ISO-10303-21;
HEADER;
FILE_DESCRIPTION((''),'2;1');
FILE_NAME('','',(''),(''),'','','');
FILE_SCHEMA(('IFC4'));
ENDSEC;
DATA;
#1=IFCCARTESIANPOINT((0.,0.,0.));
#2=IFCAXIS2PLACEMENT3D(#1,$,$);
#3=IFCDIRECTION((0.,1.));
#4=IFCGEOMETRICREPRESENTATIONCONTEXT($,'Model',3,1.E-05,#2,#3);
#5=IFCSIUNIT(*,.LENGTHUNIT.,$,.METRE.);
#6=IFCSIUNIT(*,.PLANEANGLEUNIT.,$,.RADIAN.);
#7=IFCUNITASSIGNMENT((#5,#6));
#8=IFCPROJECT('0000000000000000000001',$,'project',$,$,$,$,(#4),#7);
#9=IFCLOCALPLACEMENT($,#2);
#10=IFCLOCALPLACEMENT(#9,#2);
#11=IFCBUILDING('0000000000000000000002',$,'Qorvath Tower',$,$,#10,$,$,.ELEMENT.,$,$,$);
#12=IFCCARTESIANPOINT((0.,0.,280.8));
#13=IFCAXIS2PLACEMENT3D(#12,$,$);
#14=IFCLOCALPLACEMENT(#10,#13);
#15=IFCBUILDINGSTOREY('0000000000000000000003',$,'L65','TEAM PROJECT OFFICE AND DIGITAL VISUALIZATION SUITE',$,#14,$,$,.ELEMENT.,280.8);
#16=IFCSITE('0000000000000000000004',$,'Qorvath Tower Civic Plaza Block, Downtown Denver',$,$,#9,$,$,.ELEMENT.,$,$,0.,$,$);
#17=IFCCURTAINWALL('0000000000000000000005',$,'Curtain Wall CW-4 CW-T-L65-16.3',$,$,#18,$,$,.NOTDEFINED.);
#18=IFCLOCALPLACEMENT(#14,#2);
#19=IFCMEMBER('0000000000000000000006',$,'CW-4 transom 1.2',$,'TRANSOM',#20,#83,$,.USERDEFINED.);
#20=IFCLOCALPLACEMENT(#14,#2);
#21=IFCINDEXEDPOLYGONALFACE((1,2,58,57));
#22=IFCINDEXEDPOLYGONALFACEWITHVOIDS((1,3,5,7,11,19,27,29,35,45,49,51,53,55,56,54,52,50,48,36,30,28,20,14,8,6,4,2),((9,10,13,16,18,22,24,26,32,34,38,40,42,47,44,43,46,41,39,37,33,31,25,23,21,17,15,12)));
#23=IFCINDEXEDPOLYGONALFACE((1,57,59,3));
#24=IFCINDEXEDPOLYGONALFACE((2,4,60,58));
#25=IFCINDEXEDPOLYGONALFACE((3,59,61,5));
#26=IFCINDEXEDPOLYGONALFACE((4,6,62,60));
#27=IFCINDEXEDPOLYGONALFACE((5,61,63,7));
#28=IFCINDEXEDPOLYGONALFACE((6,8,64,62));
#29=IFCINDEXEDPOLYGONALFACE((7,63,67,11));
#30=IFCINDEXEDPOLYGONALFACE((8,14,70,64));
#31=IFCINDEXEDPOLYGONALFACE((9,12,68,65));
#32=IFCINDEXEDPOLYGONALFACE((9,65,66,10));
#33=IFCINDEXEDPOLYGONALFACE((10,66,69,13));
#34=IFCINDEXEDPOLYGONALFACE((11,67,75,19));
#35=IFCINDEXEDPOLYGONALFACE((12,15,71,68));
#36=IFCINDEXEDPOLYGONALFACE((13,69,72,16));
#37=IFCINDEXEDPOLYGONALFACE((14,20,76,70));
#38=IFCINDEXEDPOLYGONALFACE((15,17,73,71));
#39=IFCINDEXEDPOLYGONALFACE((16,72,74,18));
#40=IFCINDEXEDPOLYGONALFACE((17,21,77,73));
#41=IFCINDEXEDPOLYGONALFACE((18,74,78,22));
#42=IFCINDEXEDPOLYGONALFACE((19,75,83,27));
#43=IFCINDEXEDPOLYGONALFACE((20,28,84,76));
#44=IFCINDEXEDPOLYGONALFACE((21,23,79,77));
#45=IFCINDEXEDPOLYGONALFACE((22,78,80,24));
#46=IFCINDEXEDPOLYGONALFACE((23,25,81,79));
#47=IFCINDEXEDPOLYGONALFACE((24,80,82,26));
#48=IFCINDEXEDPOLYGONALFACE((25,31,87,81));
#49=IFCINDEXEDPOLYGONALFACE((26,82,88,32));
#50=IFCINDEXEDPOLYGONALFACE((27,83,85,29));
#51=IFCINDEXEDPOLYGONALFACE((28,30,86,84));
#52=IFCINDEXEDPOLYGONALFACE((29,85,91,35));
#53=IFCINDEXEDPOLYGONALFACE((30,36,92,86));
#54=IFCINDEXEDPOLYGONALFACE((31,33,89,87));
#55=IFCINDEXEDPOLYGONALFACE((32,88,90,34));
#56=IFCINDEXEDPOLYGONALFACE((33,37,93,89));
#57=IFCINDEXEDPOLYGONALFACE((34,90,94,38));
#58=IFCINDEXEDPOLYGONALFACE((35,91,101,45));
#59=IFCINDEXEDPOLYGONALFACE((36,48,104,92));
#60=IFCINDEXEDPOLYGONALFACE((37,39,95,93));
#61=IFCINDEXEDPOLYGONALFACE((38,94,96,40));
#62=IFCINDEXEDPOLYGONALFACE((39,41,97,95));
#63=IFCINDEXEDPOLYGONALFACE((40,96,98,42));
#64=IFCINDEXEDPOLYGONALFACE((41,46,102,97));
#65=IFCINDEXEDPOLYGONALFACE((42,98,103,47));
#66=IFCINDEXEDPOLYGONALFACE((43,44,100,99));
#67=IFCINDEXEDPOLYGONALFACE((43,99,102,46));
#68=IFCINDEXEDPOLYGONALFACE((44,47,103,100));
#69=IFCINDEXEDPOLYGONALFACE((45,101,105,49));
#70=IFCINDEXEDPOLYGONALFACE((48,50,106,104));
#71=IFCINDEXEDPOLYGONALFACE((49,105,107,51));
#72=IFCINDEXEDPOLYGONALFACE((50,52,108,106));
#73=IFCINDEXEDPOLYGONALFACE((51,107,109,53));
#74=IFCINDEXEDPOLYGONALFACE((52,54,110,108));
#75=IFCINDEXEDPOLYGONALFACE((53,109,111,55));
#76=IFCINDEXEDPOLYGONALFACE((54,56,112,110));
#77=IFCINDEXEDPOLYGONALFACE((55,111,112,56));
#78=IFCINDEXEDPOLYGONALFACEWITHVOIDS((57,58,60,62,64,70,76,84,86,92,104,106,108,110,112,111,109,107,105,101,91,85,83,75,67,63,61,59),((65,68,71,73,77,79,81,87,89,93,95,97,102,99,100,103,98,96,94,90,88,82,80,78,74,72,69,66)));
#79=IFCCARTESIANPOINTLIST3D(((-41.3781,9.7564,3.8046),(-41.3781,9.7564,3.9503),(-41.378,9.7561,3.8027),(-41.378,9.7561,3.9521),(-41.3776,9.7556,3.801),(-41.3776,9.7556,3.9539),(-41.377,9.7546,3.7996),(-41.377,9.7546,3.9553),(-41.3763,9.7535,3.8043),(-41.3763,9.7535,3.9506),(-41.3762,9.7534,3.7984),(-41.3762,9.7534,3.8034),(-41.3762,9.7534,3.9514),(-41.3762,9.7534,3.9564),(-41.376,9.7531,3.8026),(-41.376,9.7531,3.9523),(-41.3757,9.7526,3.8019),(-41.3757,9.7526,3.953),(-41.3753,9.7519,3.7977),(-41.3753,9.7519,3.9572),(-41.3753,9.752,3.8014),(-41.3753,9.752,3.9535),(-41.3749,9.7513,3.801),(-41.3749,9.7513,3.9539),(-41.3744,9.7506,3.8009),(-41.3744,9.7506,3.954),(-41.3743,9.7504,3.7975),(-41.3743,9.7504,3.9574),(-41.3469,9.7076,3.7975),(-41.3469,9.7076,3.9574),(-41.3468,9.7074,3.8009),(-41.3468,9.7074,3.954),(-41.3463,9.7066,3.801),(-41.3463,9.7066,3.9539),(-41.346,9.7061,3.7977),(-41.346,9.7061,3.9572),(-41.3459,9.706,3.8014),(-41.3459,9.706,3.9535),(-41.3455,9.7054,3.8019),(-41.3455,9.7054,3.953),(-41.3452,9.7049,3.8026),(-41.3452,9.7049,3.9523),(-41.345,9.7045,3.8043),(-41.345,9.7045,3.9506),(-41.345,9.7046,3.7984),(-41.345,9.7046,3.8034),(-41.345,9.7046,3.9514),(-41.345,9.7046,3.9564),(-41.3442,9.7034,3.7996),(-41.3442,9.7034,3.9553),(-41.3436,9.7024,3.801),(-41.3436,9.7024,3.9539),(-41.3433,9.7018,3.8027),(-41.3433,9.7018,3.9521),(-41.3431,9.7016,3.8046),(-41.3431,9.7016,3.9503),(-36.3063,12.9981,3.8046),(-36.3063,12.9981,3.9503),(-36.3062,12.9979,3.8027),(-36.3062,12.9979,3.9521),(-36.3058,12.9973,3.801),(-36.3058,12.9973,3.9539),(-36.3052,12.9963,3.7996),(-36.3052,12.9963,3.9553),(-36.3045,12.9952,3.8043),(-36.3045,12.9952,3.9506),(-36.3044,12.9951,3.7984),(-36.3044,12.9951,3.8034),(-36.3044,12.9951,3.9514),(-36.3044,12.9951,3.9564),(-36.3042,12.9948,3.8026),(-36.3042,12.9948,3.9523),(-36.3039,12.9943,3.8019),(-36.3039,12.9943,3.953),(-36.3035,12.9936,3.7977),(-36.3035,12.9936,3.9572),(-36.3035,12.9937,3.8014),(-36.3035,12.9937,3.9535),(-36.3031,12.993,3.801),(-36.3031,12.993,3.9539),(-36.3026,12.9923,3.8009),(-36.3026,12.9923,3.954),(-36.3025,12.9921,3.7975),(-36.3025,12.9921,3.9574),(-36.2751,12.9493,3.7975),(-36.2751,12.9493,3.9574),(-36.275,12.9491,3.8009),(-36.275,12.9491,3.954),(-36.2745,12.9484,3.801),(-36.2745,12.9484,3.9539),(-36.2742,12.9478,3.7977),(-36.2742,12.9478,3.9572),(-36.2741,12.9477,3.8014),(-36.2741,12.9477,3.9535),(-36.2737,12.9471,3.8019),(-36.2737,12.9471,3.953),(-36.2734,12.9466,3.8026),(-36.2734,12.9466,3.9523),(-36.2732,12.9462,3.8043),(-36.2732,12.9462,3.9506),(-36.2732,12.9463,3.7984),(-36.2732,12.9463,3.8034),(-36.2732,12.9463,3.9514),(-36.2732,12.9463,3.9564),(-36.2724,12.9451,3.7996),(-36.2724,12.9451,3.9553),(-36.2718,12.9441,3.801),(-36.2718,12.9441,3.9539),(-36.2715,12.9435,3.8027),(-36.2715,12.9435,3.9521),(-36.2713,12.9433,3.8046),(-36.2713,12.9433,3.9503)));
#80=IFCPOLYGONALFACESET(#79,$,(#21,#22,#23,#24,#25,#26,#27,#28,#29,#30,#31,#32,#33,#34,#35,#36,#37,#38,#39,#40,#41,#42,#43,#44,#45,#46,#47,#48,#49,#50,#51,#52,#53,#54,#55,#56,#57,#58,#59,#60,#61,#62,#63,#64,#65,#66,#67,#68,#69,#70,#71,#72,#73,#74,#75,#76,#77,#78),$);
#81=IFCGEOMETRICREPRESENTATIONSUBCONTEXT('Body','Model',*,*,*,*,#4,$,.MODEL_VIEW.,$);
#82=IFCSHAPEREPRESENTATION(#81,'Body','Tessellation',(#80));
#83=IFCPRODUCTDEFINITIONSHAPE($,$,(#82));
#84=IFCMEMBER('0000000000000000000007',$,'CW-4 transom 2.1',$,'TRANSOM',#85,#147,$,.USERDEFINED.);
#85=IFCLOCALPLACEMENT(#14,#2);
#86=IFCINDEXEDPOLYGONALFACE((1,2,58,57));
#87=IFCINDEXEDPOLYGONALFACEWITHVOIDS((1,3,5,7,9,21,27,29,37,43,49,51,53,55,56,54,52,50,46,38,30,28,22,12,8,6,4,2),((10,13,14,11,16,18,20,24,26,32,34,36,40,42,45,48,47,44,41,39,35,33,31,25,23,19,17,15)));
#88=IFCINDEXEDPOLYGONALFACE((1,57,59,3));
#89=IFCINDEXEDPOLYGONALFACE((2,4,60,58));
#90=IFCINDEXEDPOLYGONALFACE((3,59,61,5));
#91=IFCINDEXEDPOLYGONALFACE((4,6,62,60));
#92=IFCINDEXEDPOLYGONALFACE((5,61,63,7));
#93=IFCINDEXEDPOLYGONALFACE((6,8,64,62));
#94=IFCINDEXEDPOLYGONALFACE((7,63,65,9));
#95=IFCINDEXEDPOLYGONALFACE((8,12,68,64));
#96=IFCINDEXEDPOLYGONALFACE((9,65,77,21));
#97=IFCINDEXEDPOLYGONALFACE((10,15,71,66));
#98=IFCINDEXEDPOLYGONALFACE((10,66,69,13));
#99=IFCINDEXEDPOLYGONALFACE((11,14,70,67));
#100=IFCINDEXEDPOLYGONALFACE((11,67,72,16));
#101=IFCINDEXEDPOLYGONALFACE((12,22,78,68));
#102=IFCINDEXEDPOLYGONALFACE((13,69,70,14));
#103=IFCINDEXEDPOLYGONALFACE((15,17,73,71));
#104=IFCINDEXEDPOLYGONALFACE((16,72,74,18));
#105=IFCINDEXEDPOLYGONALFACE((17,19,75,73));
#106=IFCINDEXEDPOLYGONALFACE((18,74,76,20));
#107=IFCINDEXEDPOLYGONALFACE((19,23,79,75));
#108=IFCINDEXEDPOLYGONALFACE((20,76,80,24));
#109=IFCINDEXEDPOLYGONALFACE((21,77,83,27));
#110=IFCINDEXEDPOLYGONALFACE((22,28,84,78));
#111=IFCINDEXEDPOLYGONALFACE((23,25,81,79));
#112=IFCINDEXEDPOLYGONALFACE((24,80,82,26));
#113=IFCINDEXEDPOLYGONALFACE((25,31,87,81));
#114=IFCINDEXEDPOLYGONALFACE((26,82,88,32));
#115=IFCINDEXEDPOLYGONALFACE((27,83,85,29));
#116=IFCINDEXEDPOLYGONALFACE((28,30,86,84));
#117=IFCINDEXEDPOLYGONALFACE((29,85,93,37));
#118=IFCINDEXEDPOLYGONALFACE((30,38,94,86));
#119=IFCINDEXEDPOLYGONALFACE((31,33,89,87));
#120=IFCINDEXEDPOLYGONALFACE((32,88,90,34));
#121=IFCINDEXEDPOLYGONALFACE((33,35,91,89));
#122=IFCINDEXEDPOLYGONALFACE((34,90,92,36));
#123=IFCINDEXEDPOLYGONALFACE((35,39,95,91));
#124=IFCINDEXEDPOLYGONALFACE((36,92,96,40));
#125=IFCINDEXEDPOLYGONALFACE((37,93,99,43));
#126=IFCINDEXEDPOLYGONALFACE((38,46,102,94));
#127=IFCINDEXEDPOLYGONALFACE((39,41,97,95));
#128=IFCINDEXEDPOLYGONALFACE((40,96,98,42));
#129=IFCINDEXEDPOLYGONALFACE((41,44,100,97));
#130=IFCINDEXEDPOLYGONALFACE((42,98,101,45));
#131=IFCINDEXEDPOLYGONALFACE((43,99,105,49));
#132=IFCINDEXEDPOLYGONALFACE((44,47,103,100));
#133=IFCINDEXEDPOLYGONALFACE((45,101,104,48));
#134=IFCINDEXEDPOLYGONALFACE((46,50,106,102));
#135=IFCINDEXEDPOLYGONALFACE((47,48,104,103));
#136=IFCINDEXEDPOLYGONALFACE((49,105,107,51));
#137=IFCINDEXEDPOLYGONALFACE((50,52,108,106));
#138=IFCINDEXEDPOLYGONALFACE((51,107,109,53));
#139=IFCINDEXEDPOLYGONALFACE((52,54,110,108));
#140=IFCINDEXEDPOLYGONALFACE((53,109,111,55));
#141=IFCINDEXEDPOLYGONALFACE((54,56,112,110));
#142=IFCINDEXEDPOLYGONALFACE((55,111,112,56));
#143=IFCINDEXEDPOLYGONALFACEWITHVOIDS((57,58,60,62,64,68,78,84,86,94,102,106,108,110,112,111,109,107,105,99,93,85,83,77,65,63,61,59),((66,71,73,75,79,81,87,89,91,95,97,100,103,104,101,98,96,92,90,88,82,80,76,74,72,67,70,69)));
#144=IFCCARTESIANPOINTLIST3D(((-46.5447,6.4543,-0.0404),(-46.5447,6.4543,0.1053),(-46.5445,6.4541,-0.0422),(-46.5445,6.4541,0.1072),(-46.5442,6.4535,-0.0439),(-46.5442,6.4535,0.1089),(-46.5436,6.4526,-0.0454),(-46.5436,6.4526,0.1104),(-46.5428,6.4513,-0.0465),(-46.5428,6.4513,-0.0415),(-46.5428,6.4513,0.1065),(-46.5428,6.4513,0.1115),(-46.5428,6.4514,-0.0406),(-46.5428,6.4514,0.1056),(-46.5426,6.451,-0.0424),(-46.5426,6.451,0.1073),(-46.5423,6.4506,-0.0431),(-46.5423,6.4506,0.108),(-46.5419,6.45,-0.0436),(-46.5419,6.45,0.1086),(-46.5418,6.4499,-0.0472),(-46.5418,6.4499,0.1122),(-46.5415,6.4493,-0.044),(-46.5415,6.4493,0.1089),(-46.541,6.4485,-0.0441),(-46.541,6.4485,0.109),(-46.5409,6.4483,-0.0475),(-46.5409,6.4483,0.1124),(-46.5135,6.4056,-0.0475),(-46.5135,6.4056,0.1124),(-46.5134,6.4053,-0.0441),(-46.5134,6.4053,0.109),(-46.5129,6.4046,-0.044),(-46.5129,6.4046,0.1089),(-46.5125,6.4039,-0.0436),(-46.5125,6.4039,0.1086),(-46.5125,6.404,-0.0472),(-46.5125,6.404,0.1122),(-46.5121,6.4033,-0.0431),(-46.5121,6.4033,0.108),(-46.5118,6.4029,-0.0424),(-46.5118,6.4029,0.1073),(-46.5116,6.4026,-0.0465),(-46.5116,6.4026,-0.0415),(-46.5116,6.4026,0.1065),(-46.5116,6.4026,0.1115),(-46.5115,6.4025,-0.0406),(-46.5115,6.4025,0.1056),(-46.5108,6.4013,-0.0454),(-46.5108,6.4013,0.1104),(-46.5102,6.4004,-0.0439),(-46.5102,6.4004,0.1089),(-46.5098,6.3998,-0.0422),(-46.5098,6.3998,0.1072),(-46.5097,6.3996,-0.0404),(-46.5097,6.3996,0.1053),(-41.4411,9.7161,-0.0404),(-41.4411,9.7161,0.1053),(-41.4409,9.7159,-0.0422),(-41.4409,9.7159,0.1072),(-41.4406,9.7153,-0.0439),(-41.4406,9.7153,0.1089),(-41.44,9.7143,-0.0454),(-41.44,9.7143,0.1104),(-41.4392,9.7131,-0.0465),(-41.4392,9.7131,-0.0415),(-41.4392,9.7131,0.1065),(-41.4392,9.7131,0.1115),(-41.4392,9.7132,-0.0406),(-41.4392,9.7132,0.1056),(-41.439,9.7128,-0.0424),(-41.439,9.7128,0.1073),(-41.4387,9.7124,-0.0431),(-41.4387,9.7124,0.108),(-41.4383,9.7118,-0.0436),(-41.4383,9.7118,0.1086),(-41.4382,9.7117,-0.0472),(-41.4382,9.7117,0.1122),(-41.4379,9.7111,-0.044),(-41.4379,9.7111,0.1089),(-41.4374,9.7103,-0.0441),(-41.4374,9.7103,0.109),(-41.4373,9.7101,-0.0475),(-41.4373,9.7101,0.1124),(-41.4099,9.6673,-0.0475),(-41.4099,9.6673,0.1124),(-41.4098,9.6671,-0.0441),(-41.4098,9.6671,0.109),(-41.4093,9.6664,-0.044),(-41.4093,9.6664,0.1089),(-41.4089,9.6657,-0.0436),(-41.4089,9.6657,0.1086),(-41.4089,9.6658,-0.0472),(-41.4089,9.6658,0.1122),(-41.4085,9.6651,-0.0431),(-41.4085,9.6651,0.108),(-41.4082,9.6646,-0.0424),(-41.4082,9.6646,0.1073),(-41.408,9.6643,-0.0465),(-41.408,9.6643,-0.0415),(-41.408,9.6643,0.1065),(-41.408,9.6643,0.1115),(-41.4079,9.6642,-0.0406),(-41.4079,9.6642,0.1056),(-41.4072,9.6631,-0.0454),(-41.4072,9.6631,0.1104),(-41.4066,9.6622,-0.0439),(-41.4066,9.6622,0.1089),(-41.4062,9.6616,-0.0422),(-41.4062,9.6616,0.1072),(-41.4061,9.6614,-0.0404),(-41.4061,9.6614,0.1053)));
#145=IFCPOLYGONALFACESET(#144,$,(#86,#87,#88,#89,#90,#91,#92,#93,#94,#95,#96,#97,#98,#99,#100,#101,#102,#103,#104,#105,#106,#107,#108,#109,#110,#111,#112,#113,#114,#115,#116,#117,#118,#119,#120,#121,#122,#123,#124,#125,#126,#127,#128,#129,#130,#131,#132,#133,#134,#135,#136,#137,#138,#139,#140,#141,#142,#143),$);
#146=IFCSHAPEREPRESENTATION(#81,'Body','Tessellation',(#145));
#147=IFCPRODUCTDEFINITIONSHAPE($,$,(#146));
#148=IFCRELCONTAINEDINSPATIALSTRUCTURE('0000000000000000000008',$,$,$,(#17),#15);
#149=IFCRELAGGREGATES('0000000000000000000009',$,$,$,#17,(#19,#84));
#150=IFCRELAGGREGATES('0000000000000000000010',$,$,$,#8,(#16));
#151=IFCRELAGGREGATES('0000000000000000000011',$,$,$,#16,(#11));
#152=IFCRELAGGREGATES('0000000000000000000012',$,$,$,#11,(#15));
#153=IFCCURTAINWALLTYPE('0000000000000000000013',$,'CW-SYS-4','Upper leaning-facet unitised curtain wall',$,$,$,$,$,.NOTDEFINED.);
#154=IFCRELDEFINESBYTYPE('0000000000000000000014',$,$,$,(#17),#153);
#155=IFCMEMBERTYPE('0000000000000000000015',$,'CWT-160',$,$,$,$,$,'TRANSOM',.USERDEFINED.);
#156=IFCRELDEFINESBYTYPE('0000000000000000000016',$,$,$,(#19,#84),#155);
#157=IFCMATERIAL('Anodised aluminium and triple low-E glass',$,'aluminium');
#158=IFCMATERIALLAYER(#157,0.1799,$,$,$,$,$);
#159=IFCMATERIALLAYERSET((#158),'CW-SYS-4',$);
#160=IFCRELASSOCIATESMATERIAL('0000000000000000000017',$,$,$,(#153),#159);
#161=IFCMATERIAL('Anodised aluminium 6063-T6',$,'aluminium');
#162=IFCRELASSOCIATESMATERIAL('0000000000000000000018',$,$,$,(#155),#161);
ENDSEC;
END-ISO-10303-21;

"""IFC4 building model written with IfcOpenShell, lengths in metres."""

from ifc_helpers import new_model, si_unit, direction, frame, origin, origin_2d, place, context, subcontext, project, spatial, hollow_rectangle, extrude, material, layer, layer_set, material_profile, profile_set, type_object, element, aggregate, save


model = new_model("IFC4")

# Units and contexts
model_context = context("Model", 3, precision=1e-05, world=origin(), true_north=direction((0.0, 1.0)))
body_context = subcontext(model_context, "Body", "Model", "MODEL_VIEW")
ifc_project = project(units=[si_unit("LENGTHUNIT", "METRE"), si_unit("PLANEANGLEUNIT", "RADIAN")], contexts=[model_context])

# Site, building, storey
site_placement = place(None, origin())
site = spatial("IfcSite", under=ifc_project, at=site_placement, Name="Qorvath Tower Civic Plaza Block, Downtown Denver", CompositionType="ELEMENT", RefElevation=0.0)
building_placement = place(site_placement, origin())
building = spatial("IfcBuilding", under=site, at=building_placement, Name="Qorvath Tower", CompositionType="ELEMENT")
storey_placement = place(building_placement, frame((0.0, 0.0, 280.8)))
storey = spatial("IfcBuildingStorey", under=building, at=storey_placement, Name="L65", Description="TEAM PROJECT OFFICE AND DIGITAL VISUALIZATION SUITE", CompositionType="ELEMENT", Elevation=280.8)

# Shared definitions
ifc_material_1 = material(Name="Anodised aluminium and triple low-E glass", Category="aluminium")
ifc_layer_1 = layer(ifc_material_1, 0.1799)
ifc_layer_set_1 = layer_set([ifc_layer_1], Name="CW-SYS-4")
curtain_wall_type = type_object("IfcCurtainWallType", Name="CW-SYS-4", Description="Upper leaning-facet unitised curtain wall", PredefinedType="NOTDEFINED", material=ifc_layer_set_1)

# Curtain wall, members
curtain_wall_1_placement = place(storey_placement, origin())
curtain_wall_1 = element("IfcCurtainWall", 1, at=curtain_wall_1_placement, inside=storey, type_object=curtain_wall_type, Name="Curtain Wall CW-4 CW-T-L65-16.3", PredefinedType="NOTDEFINED")
ifc_material_2 = material(Name="Anodised aluminium 6063-T6", Category="aluminium")
ifc_material_profile_1 = material_profile(ifc_material_2, hollow_rectangle(XDim=0.0649, YDim=0.1599, WallThickness=0.0034, InnerFilletRadius=0.0034, OuterFilletRadius=0.0071, at=origin_2d()), Name="CWT 160x65")
ifc_profile_set_1 = profile_set([ifc_material_profile_1], Name="Anodised aluminium 6063-T6")
member_type_1 = type_object("IfcMemberType", Name="CWT-160", ElementType="TRANSOM", PredefinedType="USERDEFINED", material=ifc_profile_set_1)
member_1_placement = place(storey_placement, frame((-36.2888, 12.9707, 3.8774), z_axis=(-0.842591, -0.538554, 0.0), x_axis=(0.538554, -0.842591, 0.0)))
member_1 = element("IfcMember", 2, at=member_1_placement, type_object=member_type_1, Name="CW-4 transom 1.2", ObjectType="TRANSOM", PredefinedType="USERDEFINED", context=body_context, shape_type="SweptSolid", body=[
    extrude(hollow_rectangle(XDim=0.0649, YDim=0.1599, WallThickness=0.0034, InnerFilletRadius=0.0034, OuterFilletRadius=0.0071, at=origin_2d()), origin(), (0.0, 0.0, 1.0), 6.0193),
])
member_2_placement = place(storey_placement, frame((-41.4236, 9.6887, 0.0325), z_axis=(-0.842611, -0.538523, 0.0), x_axis=(0.538523, -0.842611, 0.0)))
member_2 = element("IfcMember", 3, at=member_2_placement, type_object=member_type_1, Name="CW-4 transom 2.1", ObjectType="TRANSOM", PredefinedType="USERDEFINED", context=body_context, shape_type="SweptSolid", body=[
    extrude(hollow_rectangle(XDim=0.0649, YDim=0.1599, WallThickness=0.0034, InnerFilletRadius=0.0034, OuterFilletRadius=0.0071, at=origin_2d()), origin(), (0.0, 0.0, 1.0), 6.0569),
])
aggregate(curtain_wall_1, [member_1, member_2])

save(model, "model.ifc")
